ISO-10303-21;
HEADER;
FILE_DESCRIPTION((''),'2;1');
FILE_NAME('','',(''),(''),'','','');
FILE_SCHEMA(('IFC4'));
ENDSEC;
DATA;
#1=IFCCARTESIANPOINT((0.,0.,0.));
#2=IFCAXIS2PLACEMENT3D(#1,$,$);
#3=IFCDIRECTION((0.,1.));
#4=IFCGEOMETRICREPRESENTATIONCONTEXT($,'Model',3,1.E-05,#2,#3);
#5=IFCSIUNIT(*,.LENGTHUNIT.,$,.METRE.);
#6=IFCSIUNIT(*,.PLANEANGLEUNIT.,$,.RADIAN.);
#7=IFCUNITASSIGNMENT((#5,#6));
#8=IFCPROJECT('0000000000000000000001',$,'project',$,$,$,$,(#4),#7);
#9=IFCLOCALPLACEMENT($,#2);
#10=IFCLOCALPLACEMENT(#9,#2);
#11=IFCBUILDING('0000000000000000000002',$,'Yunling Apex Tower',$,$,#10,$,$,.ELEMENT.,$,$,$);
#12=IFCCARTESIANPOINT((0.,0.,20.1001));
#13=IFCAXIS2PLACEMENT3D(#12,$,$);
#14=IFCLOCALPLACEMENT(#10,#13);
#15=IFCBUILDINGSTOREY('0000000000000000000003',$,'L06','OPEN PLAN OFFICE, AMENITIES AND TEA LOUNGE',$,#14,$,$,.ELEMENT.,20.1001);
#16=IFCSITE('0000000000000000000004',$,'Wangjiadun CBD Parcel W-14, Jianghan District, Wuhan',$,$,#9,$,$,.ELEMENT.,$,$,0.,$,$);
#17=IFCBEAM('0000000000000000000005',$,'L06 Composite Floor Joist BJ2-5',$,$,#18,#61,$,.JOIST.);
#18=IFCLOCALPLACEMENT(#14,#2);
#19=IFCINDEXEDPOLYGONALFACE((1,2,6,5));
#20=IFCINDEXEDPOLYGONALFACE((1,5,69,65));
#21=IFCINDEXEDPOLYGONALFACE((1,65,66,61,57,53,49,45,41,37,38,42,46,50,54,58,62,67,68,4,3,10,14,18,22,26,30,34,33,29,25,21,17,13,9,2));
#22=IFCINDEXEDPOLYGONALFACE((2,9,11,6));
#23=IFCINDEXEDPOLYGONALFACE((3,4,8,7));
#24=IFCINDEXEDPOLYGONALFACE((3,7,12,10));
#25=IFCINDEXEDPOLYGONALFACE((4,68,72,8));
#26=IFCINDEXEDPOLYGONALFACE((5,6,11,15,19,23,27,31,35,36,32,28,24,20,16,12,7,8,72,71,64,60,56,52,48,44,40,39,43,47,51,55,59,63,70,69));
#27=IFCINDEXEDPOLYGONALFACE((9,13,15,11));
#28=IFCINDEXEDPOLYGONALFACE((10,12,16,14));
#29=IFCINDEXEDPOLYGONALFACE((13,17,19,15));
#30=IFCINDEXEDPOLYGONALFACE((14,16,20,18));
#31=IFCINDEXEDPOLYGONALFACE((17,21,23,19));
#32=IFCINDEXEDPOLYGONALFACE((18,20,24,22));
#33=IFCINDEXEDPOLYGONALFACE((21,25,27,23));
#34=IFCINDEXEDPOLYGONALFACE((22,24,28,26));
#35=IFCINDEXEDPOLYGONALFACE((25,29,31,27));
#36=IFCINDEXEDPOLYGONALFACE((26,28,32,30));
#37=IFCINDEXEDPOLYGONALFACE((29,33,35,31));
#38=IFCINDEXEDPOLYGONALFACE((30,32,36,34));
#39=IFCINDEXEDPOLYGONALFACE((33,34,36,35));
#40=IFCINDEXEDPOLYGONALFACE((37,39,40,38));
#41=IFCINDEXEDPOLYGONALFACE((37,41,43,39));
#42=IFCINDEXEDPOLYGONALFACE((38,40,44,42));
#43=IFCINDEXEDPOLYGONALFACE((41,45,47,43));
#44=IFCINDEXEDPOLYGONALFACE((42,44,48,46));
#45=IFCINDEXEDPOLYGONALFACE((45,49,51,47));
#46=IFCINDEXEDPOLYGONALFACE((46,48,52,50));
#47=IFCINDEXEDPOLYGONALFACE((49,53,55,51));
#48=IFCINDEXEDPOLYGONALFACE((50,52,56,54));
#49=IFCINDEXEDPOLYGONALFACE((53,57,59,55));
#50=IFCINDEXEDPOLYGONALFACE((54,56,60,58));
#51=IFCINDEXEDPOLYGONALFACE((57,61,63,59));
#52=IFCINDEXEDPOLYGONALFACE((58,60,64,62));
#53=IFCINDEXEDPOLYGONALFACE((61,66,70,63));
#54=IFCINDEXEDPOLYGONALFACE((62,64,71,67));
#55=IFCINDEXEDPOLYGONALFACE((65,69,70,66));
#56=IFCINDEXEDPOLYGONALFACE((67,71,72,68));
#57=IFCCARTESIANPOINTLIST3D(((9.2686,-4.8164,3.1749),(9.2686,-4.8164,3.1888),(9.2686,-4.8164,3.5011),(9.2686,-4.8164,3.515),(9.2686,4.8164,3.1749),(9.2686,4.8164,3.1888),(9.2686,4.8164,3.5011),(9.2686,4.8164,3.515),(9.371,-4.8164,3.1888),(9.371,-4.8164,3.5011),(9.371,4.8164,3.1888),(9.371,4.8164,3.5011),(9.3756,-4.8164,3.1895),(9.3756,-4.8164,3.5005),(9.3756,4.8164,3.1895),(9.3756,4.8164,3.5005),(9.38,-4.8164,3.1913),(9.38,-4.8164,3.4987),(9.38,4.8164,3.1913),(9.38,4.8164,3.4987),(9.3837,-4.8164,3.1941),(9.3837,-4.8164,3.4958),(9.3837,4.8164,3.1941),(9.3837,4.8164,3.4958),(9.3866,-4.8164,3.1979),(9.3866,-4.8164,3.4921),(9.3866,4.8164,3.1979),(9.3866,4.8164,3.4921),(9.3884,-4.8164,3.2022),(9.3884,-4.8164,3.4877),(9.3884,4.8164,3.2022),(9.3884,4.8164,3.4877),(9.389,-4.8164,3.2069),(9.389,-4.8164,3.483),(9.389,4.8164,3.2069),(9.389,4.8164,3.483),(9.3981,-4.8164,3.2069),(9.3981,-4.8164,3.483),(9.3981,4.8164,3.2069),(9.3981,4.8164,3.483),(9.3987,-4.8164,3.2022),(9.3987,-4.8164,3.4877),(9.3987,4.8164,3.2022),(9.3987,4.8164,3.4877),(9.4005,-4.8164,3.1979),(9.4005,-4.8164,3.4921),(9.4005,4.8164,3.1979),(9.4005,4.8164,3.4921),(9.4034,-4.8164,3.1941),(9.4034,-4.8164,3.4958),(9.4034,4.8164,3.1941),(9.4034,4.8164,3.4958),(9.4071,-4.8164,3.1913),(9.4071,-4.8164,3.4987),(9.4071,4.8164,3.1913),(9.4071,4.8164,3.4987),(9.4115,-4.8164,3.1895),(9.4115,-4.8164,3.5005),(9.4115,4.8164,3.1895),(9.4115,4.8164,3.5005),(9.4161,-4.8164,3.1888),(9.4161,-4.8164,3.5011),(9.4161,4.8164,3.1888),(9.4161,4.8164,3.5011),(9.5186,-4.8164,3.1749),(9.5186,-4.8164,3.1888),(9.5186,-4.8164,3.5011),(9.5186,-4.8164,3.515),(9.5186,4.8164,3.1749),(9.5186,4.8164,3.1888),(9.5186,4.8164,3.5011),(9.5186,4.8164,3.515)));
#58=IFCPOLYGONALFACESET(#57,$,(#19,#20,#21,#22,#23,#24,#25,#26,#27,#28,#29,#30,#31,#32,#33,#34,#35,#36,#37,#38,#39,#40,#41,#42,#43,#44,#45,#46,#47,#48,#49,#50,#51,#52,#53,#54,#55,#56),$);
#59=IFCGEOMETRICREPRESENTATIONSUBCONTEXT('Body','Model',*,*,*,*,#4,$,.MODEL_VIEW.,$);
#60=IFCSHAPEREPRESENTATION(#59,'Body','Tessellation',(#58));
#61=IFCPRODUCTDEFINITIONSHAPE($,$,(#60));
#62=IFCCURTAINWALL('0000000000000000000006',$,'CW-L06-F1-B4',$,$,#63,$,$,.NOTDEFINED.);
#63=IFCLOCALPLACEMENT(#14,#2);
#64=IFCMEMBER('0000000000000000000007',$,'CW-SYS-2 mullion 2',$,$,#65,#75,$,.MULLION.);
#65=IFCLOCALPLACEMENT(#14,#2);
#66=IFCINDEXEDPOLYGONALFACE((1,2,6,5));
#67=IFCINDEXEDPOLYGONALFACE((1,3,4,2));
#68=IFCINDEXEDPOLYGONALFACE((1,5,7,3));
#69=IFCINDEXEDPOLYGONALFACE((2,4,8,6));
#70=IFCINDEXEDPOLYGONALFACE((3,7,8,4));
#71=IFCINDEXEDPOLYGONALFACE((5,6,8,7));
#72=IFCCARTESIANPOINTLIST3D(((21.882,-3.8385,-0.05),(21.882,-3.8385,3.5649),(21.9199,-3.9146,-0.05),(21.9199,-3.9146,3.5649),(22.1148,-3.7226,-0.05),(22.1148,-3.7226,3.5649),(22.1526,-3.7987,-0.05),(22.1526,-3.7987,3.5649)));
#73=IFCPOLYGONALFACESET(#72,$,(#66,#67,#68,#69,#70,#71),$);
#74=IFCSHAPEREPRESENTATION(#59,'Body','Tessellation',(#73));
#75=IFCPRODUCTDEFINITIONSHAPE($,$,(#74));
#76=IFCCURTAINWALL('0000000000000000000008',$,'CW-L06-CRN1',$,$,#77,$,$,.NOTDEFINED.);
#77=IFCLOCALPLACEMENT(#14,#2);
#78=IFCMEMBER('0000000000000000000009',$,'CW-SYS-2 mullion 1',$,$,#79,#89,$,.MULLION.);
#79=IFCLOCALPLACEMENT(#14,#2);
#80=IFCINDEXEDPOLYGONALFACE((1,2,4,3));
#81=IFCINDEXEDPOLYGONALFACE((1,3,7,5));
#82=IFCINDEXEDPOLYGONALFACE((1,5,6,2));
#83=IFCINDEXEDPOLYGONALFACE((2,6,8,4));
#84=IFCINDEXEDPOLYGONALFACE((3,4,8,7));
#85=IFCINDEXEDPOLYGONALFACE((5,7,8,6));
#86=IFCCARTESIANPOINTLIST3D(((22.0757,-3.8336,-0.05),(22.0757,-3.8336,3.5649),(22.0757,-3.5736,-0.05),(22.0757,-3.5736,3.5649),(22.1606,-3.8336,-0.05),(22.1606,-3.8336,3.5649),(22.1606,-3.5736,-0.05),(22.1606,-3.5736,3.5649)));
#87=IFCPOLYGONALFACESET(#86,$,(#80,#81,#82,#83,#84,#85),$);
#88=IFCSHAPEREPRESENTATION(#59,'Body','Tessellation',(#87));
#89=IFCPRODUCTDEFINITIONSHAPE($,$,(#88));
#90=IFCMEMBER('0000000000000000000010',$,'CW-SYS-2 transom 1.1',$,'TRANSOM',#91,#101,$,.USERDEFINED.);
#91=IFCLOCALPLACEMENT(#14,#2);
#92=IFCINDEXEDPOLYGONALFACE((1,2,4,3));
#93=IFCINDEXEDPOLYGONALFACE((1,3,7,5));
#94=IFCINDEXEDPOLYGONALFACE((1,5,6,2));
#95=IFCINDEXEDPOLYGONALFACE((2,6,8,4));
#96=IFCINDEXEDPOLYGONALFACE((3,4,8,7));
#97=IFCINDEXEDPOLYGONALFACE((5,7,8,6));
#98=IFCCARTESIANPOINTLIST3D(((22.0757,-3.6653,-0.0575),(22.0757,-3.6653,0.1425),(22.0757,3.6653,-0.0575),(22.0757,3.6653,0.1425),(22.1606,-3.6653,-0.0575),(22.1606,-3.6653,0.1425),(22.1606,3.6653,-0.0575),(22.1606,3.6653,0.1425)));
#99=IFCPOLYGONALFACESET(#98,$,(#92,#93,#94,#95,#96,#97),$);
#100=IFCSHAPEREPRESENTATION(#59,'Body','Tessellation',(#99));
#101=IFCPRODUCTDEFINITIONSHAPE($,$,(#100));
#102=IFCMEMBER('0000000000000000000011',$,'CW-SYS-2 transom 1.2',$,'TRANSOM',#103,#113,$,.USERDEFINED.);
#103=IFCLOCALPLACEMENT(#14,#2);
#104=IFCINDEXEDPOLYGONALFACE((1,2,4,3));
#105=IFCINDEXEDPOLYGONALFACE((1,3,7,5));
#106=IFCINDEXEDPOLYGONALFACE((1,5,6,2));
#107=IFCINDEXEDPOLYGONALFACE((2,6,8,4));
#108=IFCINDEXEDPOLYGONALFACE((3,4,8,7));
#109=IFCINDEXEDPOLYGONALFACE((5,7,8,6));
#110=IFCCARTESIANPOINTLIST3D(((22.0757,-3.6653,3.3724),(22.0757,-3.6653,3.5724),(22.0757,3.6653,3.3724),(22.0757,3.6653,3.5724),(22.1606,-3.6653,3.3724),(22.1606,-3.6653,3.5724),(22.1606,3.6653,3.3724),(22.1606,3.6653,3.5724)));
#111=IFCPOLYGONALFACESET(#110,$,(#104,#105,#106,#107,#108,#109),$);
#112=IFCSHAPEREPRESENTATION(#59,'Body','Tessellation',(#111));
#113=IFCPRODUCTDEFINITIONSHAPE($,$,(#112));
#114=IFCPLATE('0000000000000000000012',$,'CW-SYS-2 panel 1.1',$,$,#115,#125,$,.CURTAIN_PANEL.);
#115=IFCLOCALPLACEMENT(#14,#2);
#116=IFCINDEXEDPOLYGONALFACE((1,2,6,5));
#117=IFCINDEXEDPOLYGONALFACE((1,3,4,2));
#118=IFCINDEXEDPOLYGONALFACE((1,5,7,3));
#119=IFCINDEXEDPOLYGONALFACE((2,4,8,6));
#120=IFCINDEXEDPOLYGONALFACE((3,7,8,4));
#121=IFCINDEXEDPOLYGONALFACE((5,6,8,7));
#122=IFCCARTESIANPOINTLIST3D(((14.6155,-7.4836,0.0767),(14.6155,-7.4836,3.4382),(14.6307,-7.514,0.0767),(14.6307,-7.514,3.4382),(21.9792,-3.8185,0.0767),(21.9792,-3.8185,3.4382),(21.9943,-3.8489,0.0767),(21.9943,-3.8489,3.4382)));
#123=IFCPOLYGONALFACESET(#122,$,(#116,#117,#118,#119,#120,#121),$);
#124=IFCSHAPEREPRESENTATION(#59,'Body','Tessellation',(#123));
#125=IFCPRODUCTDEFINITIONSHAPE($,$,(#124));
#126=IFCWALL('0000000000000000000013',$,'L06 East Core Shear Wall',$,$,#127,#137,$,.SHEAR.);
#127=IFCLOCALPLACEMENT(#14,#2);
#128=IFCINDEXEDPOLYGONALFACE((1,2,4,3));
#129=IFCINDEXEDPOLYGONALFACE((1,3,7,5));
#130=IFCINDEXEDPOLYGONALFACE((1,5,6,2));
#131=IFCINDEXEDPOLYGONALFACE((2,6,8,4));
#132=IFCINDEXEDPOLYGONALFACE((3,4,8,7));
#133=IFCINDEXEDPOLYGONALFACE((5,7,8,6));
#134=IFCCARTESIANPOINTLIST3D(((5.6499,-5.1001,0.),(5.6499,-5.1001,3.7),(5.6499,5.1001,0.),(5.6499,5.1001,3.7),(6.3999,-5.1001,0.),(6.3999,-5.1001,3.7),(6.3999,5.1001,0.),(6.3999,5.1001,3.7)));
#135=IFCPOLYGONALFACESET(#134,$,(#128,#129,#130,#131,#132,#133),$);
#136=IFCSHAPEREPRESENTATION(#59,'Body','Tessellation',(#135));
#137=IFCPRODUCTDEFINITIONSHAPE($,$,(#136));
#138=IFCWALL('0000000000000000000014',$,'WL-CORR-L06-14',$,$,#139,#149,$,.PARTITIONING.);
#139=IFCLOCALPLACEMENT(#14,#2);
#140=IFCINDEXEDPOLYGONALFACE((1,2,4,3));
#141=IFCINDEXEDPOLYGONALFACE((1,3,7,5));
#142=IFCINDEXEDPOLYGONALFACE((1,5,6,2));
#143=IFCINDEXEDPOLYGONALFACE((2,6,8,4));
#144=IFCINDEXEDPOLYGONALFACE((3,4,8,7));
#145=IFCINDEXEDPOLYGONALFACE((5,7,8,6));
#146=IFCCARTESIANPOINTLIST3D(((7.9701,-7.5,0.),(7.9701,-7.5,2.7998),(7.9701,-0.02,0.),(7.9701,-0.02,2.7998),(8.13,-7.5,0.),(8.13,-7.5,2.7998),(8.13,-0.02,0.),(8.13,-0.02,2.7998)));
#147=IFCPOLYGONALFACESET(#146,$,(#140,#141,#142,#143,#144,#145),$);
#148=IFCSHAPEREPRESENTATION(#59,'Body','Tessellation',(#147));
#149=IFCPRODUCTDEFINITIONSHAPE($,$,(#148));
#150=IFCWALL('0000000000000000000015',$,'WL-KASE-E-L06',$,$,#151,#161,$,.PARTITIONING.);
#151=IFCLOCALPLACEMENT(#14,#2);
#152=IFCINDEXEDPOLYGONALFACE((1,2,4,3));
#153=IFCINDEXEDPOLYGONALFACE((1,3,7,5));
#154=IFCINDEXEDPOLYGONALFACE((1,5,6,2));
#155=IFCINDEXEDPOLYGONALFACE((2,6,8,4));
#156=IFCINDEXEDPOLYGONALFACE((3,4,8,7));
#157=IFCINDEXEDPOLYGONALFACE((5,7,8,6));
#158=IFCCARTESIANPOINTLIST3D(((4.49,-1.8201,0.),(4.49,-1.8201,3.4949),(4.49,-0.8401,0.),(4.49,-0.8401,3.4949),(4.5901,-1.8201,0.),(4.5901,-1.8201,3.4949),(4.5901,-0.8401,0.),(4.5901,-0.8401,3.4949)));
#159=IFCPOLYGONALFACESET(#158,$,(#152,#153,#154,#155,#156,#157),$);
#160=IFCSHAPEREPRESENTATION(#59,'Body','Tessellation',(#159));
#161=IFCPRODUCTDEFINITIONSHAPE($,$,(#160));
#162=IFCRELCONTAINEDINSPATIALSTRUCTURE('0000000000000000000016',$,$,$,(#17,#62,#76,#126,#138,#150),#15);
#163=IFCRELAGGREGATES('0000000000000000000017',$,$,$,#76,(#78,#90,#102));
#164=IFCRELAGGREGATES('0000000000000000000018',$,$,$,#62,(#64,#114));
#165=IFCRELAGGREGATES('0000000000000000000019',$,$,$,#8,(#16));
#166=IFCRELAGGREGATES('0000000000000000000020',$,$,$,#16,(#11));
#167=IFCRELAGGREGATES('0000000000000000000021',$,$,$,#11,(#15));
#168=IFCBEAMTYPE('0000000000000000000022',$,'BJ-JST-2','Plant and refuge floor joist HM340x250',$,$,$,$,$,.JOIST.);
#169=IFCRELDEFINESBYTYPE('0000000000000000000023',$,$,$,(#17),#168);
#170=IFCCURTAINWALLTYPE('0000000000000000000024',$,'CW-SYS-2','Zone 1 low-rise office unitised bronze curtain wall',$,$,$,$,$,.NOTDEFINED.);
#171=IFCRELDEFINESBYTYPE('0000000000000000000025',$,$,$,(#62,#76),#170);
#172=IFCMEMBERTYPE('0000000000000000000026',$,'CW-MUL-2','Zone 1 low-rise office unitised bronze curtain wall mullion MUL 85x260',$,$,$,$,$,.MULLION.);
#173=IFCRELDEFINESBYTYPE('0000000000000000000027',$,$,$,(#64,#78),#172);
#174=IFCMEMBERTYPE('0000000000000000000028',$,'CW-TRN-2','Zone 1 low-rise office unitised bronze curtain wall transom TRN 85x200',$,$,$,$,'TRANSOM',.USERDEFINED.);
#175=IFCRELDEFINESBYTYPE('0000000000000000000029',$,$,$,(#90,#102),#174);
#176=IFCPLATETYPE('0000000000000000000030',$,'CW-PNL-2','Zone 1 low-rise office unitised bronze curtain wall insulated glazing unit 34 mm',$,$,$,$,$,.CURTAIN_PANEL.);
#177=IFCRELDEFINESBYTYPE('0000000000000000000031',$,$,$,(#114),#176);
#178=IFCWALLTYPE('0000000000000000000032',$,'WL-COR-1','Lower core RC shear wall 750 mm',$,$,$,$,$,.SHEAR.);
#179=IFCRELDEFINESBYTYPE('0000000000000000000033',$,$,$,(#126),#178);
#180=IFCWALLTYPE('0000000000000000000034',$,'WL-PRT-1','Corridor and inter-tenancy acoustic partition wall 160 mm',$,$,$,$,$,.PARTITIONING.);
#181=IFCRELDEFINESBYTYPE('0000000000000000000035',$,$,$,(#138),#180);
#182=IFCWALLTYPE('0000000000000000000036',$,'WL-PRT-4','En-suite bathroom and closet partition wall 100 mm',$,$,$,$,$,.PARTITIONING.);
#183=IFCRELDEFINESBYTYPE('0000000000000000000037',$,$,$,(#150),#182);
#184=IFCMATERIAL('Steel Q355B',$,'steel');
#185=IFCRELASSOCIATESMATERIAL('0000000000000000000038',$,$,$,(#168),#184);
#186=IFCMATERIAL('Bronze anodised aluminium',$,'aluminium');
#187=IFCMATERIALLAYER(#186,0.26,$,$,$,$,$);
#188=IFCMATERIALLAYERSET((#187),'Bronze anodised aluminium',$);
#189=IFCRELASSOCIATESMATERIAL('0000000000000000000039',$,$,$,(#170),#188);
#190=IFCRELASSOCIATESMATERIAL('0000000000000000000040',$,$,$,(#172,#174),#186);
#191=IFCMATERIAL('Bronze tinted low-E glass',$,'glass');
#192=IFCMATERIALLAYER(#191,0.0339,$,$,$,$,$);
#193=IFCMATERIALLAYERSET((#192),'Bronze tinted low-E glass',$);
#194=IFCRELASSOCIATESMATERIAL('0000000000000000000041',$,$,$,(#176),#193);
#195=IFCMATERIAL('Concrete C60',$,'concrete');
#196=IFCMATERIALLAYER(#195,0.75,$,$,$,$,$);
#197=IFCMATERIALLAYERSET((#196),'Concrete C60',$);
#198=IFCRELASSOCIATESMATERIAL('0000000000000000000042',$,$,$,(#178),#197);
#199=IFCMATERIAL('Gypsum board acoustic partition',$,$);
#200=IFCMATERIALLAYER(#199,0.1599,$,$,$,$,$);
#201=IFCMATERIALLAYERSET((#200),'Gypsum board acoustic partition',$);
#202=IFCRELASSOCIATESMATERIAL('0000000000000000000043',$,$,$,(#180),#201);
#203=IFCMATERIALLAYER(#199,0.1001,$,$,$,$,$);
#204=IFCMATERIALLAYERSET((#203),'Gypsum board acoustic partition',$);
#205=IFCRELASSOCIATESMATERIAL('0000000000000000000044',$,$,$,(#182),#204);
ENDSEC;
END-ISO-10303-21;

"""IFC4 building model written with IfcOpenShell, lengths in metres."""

from ifc_helpers import new_model, si_unit, direction, frame, frame_2d, origin, origin_2d, place, context, subcontext, project, spatial, rectangle, i_section, extrude, source, transform, mapped, material, layer, layer_set, material_profile, profile_set, type_object, element, aggregate, save


model = new_model("IFC4")

# Units and contexts
model_context = context("Model", 3, precision=1e-05, world=origin(), true_north=direction((0.0, 1.0)))
body_context = subcontext(model_context, "Body", "Model", "MODEL_VIEW")
ifc_project = project(units=[si_unit("LENGTHUNIT", "METRE"), si_unit("PLANEANGLEUNIT", "RADIAN")], contexts=[model_context])

# Site, building, storey
site_placement = place(None, origin())
site = spatial("IfcSite", under=ifc_project, at=site_placement, Name="Wangjiadun CBD Parcel W-14, Jianghan District, Wuhan", CompositionType="ELEMENT", RefElevation=0.0)
building_placement = place(site_placement, origin())
building = spatial("IfcBuilding", under=site, at=building_placement, Name="Yunling Apex Tower", CompositionType="ELEMENT")
storey_placement = place(building_placement, frame((0.0, 0.0, 20.1001)))
storey = spatial("IfcBuildingStorey", under=building, at=storey_placement, Name="L06", Description="OPEN PLAN OFFICE, AMENITIES AND TEA LOUNGE", CompositionType="ELEMENT", Elevation=20.1001)

# Shared definitions
ifc_material_1 = material(Name="Concrete C60", Category="concrete")

# Beam
ifc_material_2 = material(Name="Steel Q355B", Category="steel")
ifc_material_profile_1 = material_profile(ifc_material_2, i_section(OverallWidth=0.25, OverallDepth=0.3401, WebThickness=0.009, FlangeThickness=0.0139, FilletRadius=0.0181, at=origin_2d()))
ifc_profile_set_1 = profile_set([ifc_material_profile_1], Name="Steel Q355B")
beam_type_1 = type_object("IfcBeamType", Name="BJ-JST-2", Description="Plant and refuge floor joist HM340x250", PredefinedType="JOIST", material=ifc_profile_set_1)
shared_shape_1 = source(origin(), body_context, "Body", "SweptSolid", [
    extrude(i_section(OverallWidth=0.25, OverallDepth=0.3401, WebThickness=0.009, FlangeThickness=0.0139, FilletRadius=0.0181, at=origin_2d()), origin(), (0.0, 0.0, 1.0), 9.6328),
])
beam_1_placement = place(storey_placement, frame((9.3936, -4.8164, 3.345), z_axis=(0.0, 1.0, 0.0), x_axis=(-1.0, 0.0, 0.0)))
element("IfcBeam", 1, at=beam_1_placement, inside=storey, type_object=beam_type_1, Name="L06 Composite Floor Joist BJ2-5", PredefinedType="JOIST", context=body_context, shape_type="MappedRepresentation", body=[
    mapped(shared_shape_1, transform((0.0, 0.0, 0.0), scale=1.0)),
])

# Curtain wall, member
ifc_material_3 = material(Name="Bronze anodised aluminium", Category="aluminium")
ifc_layer_1 = layer(ifc_material_3, 0.26)
ifc_layer_set_1 = layer_set([ifc_layer_1], Name="Bronze anodised aluminium")
curtain_wall_type = type_object("IfcCurtainWallType", Name="CW-SYS-2", Description="Zone 1 low-rise office unitised bronze curtain wall", PredefinedType="NOTDEFINED", material=ifc_layer_set_1)
curtain_wall_1_placement = place(storey_placement, origin())
curtain_wall_1 = element("IfcCurtainWall", 2, at=curtain_wall_1_placement, inside=storey, type_object=curtain_wall_type, Name="CW-L06-F1-B4", PredefinedType="NOTDEFINED")
ifc_material_profile_2 = material_profile(ifc_material_3, rectangle(XDim=0.085, YDim=0.26, at=origin_2d()))
ifc_profile_set_2 = profile_set([ifc_material_profile_2], Name="Bronze anodised aluminium")
member_type_1 = type_object("IfcMemberType", Name="CW-MUL-2", Description="Zone 1 low-rise office unitised bronze curtain wall mullion MUL 85x260", PredefinedType="MULLION", material=ifc_profile_set_2)
shared_shape_2 = source(origin(), body_context, "Body", "SweptSolid", [
    extrude(rectangle(XDim=0.085, YDim=0.26, at=origin_2d()), origin(), (0.0, 0.0, 1.0), 3.615),
])
member_1_placement = place(storey_placement, frame((22.0173, -3.8186, -0.05), z_axis=(0.0, 0.0, 1.0), x_axis=(-0.44558, 0.895242, 0.0)))
member_1 = element("IfcMember", 3, at=member_1_placement, type_object=member_type_1, Name="CW-SYS-2 mullion 2", PredefinedType="MULLION", context=body_context, shape_type="MappedRepresentation", body=[
    mapped(shared_shape_2, transform((0.0, 0.0, 0.0), scale=1.0)),
])

# Curtain wall, members
curtain_wall_2_placement = place(storey_placement, origin())
curtain_wall_2 = element("IfcCurtainWall", 4, at=curtain_wall_2_placement, inside=storey, type_object=curtain_wall_type, Name="CW-L06-CRN1", PredefinedType="NOTDEFINED")
member_2_placement = place(storey_placement, frame((22.1182, -3.7036, -0.05), z_axis=(0.0, 0.0, 1.0), x_axis=(-1.0, 0.0, 0.0)))
member_2 = element("IfcMember", 5, at=member_2_placement, type_object=member_type_1, Name="CW-SYS-2 mullion 1", PredefinedType="MULLION", context=body_context, shape_type="MappedRepresentation", body=[
    mapped(shared_shape_2, transform((0.0, 0.0, 0.0), scale=1.0)),
])
ifc_material_profile_3 = material_profile(ifc_material_3, rectangle(XDim=0.085, YDim=0.2, at=origin_2d()))
ifc_profile_set_3 = profile_set([ifc_material_profile_3], Name="Bronze anodised aluminium")
member_type_2 = type_object("IfcMemberType", Name="CW-TRN-2", Description="Zone 1 low-rise office unitised bronze curtain wall transom TRN 85x200", ElementType="TRANSOM", PredefinedType="USERDEFINED", material=ifc_profile_set_3)
shared_shape_3 = source(origin(), body_context, "Body", "SweptSolid", [
    extrude(rectangle(XDim=0.085, YDim=0.2, at=origin_2d()), origin(), (0.0, 0.0, 1.0), 7.3306),
])
member_3_placement = place(storey_placement, frame((22.1182, -3.6653, 0.0425), z_axis=(0.0, 1.0, 0.0), x_axis=(-1.0, 0.0, 0.0)))
member_3 = element("IfcMember", 6, at=member_3_placement, type_object=member_type_2, Name="CW-SYS-2 transom 1.1", ObjectType="TRANSOM", PredefinedType="USERDEFINED", context=body_context, shape_type="MappedRepresentation", body=[
    mapped(shared_shape_3, transform((0.0, 0.0, 0.0), scale=1.0)),
])
member_4_placement = place(storey_placement, frame((22.1182, -3.6653, 3.4724), z_axis=(0.0, 1.0, 0.0), x_axis=(-1.0, 0.0, 0.0)))
member_4 = element("IfcMember", 7, at=member_4_placement, type_object=member_type_2, Name="CW-SYS-2 transom 1.2", ObjectType="TRANSOM", PredefinedType="USERDEFINED", context=body_context, shape_type="MappedRepresentation", body=[
    mapped(shared_shape_3, transform((0.0, 0.0, 0.0), scale=1.0)),
])
aggregate(curtain_wall_2, [member_2, member_3, member_4])

# Plate
ifc_material_4 = material(Name="Bronze tinted low-E glass", Category="glass")
ifc_layer_2 = layer(ifc_material_4, 0.0339)
ifc_layer_set_2 = layer_set([ifc_layer_2], Name="Bronze tinted low-E glass")
plate_type = type_object("IfcPlateType", Name="CW-PNL-2", Description="Zone 1 low-rise office unitised bronze curtain wall insulated glazing unit 34 mm", PredefinedType="CURTAIN_PANEL", material=ifc_layer_set_2)
shared_shape_4 = source(origin(), body_context, "Body", "SweptSolid", [
    extrude(rectangle(XDim=8.2253, YDim=0.0339, at=origin_2d()), origin(), (0.0, 0.0, 1.0), 3.3616),
])
plate_placement = place(storey_placement, frame((18.3049, -5.6663, 0.0767), z_axis=(0.0, 0.0, 1.0), x_axis=(0.895242, 0.44558, 0.0)))
plate = element("IfcPlate", 8, at=plate_placement, type_object=plate_type, Name="CW-SYS-2 panel 1.1", PredefinedType="CURTAIN_PANEL", context=body_context, shape_type="MappedRepresentation", body=[
    mapped(shared_shape_4, transform((0.0, 0.0, 0.0), scale=1.0)),
])
aggregate(curtain_wall_1, [member_1, plate])

# Walls
ifc_layer_3 = layer(ifc_material_1, 0.75)
ifc_layer_set_3 = layer_set([ifc_layer_3], Name="Concrete C60")
wall_type_1 = type_object("IfcWallType", Name="WL-COR-1", Description="Lower core RC shear wall 750 mm", PredefinedType="SHEAR", material=ifc_layer_set_3)
wall_1_placement = place(storey_placement, frame((6.0249, -5.1001, 0.0), z_axis=(0.0, 0.0, 1.0), x_axis=(0.0, 1.0, 0.0)))
element("IfcWall", 9, at=wall_1_placement, inside=storey, type_object=wall_type_1, Name="L06 East Core Shear Wall", PredefinedType="SHEAR", context=body_context, shape_type="SweptSolid", body=[
    extrude(rectangle(XDim=10.2002, YDim=0.75, at=frame_2d((5.1001, 0.0))), origin(), (0.0, 0.0, 1.0), 3.7),
])
ifc_material_5 = material(Name="Gypsum board acoustic partition")
ifc_layer_4 = layer(ifc_material_5, 0.1599)
ifc_layer_set_4 = layer_set([ifc_layer_4], Name="Gypsum board acoustic partition")
wall_type_2 = type_object("IfcWallType", Name="WL-PRT-1", Description="Corridor and inter-tenancy acoustic partition wall 160 mm", PredefinedType="PARTITIONING", material=ifc_layer_set_4)
wall_2_placement = place(storey_placement, frame((8.05, -0.02, 0.0), z_axis=(0.0, 0.0, 1.0), x_axis=(0.0, -1.0, 0.0)))
element("IfcWall", 10, at=wall_2_placement, inside=storey, type_object=wall_type_2, Name="WL-CORR-L06-14", PredefinedType="PARTITIONING", context=body_context, shape_type="SweptSolid", body=[
    extrude(rectangle(XDim=7.48, YDim=0.1599, at=frame_2d((3.74, 0.0))), origin(), (0.0, 0.0, 1.0), 2.7998),
])
ifc_layer_5 = layer(ifc_material_5, 0.1001)
ifc_layer_set_5 = layer_set([ifc_layer_5], Name="Gypsum board acoustic partition")
wall_type_3 = type_object("IfcWallType", Name="WL-PRT-4", Description="En-suite bathroom and closet partition wall 100 mm", PredefinedType="PARTITIONING", material=ifc_layer_set_5)
wall_3_placement = place(storey_placement, frame((4.54, -1.8201, 0.0), z_axis=(0.0, 0.0, 1.0), x_axis=(0.0, 1.0, 0.0)))
element("IfcWall", 11, at=wall_3_placement, inside=storey, type_object=wall_type_3, Name="WL-KASE-E-L06", PredefinedType="PARTITIONING", context=body_context, shape_type="SweptSolid", body=[
    extrude(rectangle(XDim=0.98, YDim=0.1001, at=frame_2d((0.49, 0.0))), origin(), (0.0, 0.0, 1.0), 3.4949),
])

save(model, "model.ifc")
